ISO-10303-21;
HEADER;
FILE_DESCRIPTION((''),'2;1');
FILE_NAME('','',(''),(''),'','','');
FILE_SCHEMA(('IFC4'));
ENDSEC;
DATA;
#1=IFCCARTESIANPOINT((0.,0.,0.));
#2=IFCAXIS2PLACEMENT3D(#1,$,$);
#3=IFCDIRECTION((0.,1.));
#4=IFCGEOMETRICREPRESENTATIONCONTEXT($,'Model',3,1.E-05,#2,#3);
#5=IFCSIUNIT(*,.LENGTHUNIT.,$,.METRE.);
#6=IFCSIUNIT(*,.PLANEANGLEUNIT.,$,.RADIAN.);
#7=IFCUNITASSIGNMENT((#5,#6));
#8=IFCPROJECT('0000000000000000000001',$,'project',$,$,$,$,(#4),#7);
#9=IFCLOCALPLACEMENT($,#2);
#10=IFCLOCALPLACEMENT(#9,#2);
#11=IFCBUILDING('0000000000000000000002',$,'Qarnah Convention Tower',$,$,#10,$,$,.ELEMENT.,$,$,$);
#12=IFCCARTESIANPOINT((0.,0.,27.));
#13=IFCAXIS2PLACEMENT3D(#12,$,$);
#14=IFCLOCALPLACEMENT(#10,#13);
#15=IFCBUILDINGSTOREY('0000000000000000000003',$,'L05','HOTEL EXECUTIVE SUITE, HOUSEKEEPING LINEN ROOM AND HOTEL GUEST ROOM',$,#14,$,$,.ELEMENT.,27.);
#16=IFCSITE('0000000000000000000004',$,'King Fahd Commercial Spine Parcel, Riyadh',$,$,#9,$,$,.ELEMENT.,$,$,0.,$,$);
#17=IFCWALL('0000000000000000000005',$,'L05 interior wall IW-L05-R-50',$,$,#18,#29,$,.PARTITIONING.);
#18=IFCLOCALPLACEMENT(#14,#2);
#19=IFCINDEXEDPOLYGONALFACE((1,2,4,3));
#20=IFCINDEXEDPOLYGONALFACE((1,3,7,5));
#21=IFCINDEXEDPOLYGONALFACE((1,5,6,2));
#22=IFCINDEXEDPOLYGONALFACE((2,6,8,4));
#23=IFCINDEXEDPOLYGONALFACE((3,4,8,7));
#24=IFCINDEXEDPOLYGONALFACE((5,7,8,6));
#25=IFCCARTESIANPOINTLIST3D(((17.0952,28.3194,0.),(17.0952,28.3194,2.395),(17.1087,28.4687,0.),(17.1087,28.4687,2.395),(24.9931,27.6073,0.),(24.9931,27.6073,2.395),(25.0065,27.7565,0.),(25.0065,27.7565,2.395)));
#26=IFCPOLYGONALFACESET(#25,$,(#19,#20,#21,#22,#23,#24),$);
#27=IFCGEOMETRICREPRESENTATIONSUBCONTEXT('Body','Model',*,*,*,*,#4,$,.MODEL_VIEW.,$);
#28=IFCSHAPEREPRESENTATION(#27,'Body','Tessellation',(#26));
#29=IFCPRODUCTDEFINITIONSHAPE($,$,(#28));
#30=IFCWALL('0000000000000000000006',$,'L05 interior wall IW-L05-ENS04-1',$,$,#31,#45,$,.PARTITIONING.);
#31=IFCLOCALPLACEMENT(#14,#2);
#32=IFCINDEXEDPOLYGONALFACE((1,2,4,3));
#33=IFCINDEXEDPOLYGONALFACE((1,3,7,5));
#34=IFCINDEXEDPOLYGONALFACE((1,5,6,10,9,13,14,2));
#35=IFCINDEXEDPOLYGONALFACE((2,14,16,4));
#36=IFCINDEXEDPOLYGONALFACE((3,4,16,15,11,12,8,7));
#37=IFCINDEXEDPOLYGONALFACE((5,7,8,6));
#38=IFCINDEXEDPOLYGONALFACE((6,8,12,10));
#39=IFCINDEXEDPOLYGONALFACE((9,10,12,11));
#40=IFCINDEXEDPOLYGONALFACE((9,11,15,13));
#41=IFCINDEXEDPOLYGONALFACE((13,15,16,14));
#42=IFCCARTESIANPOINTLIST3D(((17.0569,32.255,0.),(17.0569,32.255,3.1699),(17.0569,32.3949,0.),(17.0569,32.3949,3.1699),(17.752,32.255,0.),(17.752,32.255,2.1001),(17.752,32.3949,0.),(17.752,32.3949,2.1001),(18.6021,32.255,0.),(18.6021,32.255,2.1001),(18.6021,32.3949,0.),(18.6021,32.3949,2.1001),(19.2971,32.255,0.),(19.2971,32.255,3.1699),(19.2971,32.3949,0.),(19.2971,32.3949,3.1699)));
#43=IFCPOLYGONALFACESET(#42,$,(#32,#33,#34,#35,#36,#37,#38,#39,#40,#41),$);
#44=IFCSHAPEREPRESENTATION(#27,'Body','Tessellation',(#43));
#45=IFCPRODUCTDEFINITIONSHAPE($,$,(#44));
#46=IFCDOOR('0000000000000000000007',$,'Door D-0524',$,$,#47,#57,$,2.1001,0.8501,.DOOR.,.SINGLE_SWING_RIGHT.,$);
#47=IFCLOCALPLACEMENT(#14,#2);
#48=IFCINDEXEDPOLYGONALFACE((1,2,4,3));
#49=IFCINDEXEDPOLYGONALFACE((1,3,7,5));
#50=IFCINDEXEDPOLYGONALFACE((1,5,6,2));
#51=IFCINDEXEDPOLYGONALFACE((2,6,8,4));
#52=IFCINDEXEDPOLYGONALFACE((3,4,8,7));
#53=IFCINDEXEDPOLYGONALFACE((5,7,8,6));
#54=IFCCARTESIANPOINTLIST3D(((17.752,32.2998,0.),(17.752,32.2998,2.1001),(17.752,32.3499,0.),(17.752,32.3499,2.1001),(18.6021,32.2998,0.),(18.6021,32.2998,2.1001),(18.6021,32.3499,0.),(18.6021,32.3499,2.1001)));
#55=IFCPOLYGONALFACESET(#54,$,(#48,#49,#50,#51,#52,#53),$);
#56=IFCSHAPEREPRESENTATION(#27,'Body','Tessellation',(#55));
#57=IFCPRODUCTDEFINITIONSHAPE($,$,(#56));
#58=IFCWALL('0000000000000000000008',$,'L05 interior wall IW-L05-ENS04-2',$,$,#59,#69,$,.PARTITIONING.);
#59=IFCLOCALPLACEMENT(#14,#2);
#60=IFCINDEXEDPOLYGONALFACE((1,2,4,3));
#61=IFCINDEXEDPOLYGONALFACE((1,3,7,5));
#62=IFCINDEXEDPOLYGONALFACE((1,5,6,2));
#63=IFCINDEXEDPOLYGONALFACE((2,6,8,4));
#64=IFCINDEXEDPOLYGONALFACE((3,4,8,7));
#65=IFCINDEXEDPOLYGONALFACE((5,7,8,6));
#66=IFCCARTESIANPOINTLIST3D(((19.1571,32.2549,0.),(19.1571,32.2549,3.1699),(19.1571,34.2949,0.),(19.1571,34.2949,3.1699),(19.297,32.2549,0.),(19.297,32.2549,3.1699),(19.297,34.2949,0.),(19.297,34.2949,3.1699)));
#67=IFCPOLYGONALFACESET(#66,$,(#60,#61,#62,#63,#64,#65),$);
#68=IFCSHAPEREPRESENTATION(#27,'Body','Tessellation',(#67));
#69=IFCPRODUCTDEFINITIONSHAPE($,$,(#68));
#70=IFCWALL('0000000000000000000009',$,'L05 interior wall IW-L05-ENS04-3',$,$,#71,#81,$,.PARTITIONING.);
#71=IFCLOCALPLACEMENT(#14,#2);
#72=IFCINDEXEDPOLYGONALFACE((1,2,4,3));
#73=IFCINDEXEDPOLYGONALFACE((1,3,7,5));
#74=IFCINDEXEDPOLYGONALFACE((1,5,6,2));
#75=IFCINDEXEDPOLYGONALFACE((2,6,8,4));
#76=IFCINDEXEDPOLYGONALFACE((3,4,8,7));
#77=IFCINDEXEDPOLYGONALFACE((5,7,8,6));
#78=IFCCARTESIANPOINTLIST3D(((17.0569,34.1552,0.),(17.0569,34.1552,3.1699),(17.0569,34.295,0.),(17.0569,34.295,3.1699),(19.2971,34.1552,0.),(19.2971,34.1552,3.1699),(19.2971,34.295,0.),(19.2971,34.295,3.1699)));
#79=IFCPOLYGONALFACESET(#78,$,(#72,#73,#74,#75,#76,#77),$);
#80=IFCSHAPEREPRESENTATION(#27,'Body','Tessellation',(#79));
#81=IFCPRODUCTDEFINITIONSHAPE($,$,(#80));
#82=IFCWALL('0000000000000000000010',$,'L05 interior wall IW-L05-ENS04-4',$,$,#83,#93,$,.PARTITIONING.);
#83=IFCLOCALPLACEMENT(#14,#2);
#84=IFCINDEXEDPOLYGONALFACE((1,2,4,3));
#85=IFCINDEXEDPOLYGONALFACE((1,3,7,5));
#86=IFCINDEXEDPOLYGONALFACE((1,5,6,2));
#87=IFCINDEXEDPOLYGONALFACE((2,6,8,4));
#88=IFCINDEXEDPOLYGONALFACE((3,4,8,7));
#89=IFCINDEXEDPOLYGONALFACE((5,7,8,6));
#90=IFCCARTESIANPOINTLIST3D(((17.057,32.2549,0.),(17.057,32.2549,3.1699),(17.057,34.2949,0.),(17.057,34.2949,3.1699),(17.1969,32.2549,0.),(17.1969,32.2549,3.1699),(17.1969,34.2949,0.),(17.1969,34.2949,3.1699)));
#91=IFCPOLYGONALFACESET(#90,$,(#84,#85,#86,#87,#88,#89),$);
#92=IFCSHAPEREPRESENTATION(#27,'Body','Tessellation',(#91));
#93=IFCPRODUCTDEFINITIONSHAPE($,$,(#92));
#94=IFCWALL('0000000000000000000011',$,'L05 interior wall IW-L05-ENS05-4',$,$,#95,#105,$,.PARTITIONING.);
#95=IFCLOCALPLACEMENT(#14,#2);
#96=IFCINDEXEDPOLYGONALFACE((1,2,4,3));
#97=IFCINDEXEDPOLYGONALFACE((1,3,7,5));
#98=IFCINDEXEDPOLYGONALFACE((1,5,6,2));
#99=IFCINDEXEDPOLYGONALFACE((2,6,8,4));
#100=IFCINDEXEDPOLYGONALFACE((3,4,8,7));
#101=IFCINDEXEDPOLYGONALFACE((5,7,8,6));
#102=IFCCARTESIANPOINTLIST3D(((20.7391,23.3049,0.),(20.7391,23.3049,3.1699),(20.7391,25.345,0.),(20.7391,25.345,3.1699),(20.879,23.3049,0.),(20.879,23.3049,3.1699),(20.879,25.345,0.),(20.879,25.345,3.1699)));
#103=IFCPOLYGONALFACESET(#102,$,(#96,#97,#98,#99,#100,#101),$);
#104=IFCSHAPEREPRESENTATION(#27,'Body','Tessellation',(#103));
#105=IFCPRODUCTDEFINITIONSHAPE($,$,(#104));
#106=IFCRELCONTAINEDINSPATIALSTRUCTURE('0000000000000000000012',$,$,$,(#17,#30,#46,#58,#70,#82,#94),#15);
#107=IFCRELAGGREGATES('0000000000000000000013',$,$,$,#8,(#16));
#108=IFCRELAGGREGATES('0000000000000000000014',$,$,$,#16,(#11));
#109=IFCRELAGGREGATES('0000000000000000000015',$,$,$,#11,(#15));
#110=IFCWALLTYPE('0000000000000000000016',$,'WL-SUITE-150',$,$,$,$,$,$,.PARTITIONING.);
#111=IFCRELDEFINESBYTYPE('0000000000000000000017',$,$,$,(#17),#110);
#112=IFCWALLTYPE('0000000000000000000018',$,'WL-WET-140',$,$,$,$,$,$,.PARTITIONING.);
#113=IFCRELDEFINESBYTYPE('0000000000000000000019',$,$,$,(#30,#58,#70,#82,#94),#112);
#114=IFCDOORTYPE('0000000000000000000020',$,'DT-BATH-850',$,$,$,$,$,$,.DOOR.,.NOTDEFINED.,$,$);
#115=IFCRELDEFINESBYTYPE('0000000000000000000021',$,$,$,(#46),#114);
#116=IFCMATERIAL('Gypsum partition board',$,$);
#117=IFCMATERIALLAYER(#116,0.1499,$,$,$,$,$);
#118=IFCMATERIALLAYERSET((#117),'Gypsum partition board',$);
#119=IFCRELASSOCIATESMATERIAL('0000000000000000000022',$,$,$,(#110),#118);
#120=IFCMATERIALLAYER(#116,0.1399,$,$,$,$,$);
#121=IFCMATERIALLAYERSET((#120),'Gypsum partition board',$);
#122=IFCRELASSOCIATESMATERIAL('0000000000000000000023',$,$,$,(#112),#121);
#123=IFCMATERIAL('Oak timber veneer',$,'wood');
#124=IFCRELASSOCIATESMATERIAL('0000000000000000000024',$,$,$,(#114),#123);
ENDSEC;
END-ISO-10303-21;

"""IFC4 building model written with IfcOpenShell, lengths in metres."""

from ifc_helpers import new_model, si_unit, direction, frame, frame_2d, origin, place, context, subcontext, project, spatial, rectangle, extrude, material, layer, layer_set, type_object, element, fill, save


model = new_model("IFC4")

# Units and contexts
model_context = context("Model", 3, precision=1e-05, world=origin(), true_north=direction((0.0, 1.0)))
body_context = subcontext(model_context, "Body", "Model", "MODEL_VIEW")
ifc_project = project(units=[si_unit("LENGTHUNIT", "METRE"), si_unit("PLANEANGLEUNIT", "RADIAN")], contexts=[model_context])

# Site, building, storey
site_placement = place(None, origin())
site = spatial("IfcSite", under=ifc_project, at=site_placement, Name="King Fahd Commercial Spine Parcel, Riyadh", CompositionType="ELEMENT", RefElevation=0.0)
building_placement = place(site_placement, origin())
building = spatial("IfcBuilding", under=site, at=building_placement, Name="Qarnah Convention Tower", CompositionType="ELEMENT")
storey_placement = place(building_placement, frame((0.0, 0.0, 27.0)))
storey = spatial("IfcBuildingStorey", under=building, at=storey_placement, Name="L05", Description="HOTEL EXECUTIVE SUITE, HOUSEKEEPING LINEN ROOM AND HOTEL GUEST ROOM", CompositionType="ELEMENT", Elevation=27.0)

# Wall
ifc_material_1 = material(Name="Gypsum partition board")
ifc_layer_1 = layer(ifc_material_1, 0.1499)
ifc_layer_set_1 = layer_set([ifc_layer_1], Name="Gypsum partition board")
wall_type_1 = type_object("IfcWallType", Name="WL-SUITE-150", PredefinedType="PARTITIONING", material=ifc_layer_set_1)
wall_1_placement = place(storey_placement, frame((17.1021, 28.394, 0.0), z_axis=(0.0, 0.0, 1.0), x_axis=(0.995959, -0.089806, 0.0)))
element("IfcWall", 1, at=wall_1_placement, inside=storey, type_object=wall_type_1, Name="L05 interior wall IW-L05-R-50", PredefinedType="PARTITIONING", context=body_context, shape_type="SweptSolid", body=[
    extrude(rectangle(XDim=7.9299, YDim=0.1499, at=frame_2d((3.9648, 0.0))), origin(), (0.0, 0.0, 1.0), 2.395),
])

# Wall, opening, door
ifc_material_2 = material(Name="Oak timber veneer", Category="wood")
ifc_layer_2 = layer(ifc_material_1, 0.1399)
ifc_layer_set_2 = layer_set([ifc_layer_2], Name="Gypsum partition board")
wall_type_2 = type_object("IfcWallType", Name="WL-WET-140", PredefinedType="PARTITIONING", material=ifc_layer_set_2)
wall_2_placement = place(storey_placement, frame((17.0569, 32.325, 0.0), z_axis=(0.0, 0.0, 1.0), x_axis=(1.0, 0.0, 0.0)))
wall_2 = element("IfcWall", 2, at=wall_2_placement, inside=storey, type_object=wall_type_2, Name="L05 interior wall IW-L05-ENS04-1", PredefinedType="PARTITIONING", context=body_context, shape_type="SweptSolid", body=[
    extrude(rectangle(XDim=2.2402, YDim=0.1399, at=frame_2d((1.1201, 0.0))), origin(), (0.0, 0.0, 1.0), 3.1699),
])
opening_1_placement = place(wall_2_placement, frame((0.6951, 0.0, 0.0)))
opening_1 = element("IfcOpeningElement", 3, at=opening_1_placement, cuts=wall_2, PredefinedType="OPENING", context=body_context, shape_type="SweptSolid", body=[
    extrude(rectangle(XDim=0.8501, YDim=2.1001, at=frame_2d((0.425, 1.05))), frame((0.0, 0.0798, 0.0), z_axis=(0.0, -1.0, 0.0), x_axis=(1.0, 0.0, 0.0)), (0.0, 0.0, 1.0), 0.1599),
])
door_type_1 = type_object("IfcDoorType", Name="DT-BATH-850", OperationType="NOTDEFINED", PredefinedType="DOOR", material=ifc_material_2)
door_1_placement = place(opening_1_placement, origin())
door_1 = element("IfcDoor", 4, at=door_1_placement, inside=storey, type_object=door_type_1, Name="Door D-0524", OperationType="SINGLE_SWING_RIGHT", OverallHeight=2.1001, OverallWidth=0.8501, PredefinedType="DOOR", context=body_context, shape_type="SweptSolid", body=[
    extrude(rectangle(XDim=0.8501, YDim=2.1001, at=frame_2d((0.425, 1.05))), frame((0.0, 0.0249, 0.0), z_axis=(0.0, -1.0, 0.0), x_axis=(1.0, 0.0, 0.0)), (0.0, 0.0, 1.0), 0.05),
])
fill(opening_1, door_1)

# Walls
wall_3_placement = place(storey_placement, frame((19.2271, 32.2549, 0.0), z_axis=(0.0, 0.0, 1.0), x_axis=(0.0, 1.0, 0.0)))
element("IfcWall", 5, at=wall_3_placement, inside=storey, type_object=wall_type_2, Name="L05 interior wall IW-L05-ENS04-2", PredefinedType="PARTITIONING", context=body_context, shape_type="SweptSolid", body=[
    extrude(rectangle(XDim=2.04, YDim=0.1399, at=frame_2d((1.02, 0.0))), origin(), (0.0, 0.0, 1.0), 3.1699),
])
wall_4_placement = place(storey_placement, frame((19.2971, 34.2251, 0.0), z_axis=(0.0, 0.0, 1.0), x_axis=(-1.0, 0.0, 0.0)))
element("IfcWall", 6, at=wall_4_placement, inside=storey, type_object=wall_type_2, Name="L05 interior wall IW-L05-ENS04-3", PredefinedType="PARTITIONING", context=body_context, shape_type="SweptSolid", body=[
    extrude(rectangle(XDim=2.2402, YDim=0.1399, at=frame_2d((1.1201, 0.0))), origin(), (0.0, 0.0, 1.0), 3.1699),
])
for number, where, z_axis, x_axis, name in (
    (7, (17.127, 34.2949, 0.0), (0.0, 0.0, 1.0), (0.0, -1.0, 0.0), "L05 interior wall IW-L05-ENS04-4"),
    (8, (20.8091, 25.345, 0.0), (0.0, 0.0, 1.0), (0.0, -1.0, 0.0), "L05 interior wall IW-L05-ENS05-4"),
):
    element("IfcWall", number, at=place(storey_placement, frame(where, z_axis=z_axis, x_axis=x_axis)), inside=storey, type_object=wall_type_2, Name=name, PredefinedType="PARTITIONING", context=body_context, shape_type="SweptSolid", body=[
        extrude(rectangle(XDim=2.04, YDim=0.1399, at=frame_2d((1.02, 0.0))), origin(), (0.0, 0.0, 1.0), 3.1699),
    ])

save(model, "model.ifc")
